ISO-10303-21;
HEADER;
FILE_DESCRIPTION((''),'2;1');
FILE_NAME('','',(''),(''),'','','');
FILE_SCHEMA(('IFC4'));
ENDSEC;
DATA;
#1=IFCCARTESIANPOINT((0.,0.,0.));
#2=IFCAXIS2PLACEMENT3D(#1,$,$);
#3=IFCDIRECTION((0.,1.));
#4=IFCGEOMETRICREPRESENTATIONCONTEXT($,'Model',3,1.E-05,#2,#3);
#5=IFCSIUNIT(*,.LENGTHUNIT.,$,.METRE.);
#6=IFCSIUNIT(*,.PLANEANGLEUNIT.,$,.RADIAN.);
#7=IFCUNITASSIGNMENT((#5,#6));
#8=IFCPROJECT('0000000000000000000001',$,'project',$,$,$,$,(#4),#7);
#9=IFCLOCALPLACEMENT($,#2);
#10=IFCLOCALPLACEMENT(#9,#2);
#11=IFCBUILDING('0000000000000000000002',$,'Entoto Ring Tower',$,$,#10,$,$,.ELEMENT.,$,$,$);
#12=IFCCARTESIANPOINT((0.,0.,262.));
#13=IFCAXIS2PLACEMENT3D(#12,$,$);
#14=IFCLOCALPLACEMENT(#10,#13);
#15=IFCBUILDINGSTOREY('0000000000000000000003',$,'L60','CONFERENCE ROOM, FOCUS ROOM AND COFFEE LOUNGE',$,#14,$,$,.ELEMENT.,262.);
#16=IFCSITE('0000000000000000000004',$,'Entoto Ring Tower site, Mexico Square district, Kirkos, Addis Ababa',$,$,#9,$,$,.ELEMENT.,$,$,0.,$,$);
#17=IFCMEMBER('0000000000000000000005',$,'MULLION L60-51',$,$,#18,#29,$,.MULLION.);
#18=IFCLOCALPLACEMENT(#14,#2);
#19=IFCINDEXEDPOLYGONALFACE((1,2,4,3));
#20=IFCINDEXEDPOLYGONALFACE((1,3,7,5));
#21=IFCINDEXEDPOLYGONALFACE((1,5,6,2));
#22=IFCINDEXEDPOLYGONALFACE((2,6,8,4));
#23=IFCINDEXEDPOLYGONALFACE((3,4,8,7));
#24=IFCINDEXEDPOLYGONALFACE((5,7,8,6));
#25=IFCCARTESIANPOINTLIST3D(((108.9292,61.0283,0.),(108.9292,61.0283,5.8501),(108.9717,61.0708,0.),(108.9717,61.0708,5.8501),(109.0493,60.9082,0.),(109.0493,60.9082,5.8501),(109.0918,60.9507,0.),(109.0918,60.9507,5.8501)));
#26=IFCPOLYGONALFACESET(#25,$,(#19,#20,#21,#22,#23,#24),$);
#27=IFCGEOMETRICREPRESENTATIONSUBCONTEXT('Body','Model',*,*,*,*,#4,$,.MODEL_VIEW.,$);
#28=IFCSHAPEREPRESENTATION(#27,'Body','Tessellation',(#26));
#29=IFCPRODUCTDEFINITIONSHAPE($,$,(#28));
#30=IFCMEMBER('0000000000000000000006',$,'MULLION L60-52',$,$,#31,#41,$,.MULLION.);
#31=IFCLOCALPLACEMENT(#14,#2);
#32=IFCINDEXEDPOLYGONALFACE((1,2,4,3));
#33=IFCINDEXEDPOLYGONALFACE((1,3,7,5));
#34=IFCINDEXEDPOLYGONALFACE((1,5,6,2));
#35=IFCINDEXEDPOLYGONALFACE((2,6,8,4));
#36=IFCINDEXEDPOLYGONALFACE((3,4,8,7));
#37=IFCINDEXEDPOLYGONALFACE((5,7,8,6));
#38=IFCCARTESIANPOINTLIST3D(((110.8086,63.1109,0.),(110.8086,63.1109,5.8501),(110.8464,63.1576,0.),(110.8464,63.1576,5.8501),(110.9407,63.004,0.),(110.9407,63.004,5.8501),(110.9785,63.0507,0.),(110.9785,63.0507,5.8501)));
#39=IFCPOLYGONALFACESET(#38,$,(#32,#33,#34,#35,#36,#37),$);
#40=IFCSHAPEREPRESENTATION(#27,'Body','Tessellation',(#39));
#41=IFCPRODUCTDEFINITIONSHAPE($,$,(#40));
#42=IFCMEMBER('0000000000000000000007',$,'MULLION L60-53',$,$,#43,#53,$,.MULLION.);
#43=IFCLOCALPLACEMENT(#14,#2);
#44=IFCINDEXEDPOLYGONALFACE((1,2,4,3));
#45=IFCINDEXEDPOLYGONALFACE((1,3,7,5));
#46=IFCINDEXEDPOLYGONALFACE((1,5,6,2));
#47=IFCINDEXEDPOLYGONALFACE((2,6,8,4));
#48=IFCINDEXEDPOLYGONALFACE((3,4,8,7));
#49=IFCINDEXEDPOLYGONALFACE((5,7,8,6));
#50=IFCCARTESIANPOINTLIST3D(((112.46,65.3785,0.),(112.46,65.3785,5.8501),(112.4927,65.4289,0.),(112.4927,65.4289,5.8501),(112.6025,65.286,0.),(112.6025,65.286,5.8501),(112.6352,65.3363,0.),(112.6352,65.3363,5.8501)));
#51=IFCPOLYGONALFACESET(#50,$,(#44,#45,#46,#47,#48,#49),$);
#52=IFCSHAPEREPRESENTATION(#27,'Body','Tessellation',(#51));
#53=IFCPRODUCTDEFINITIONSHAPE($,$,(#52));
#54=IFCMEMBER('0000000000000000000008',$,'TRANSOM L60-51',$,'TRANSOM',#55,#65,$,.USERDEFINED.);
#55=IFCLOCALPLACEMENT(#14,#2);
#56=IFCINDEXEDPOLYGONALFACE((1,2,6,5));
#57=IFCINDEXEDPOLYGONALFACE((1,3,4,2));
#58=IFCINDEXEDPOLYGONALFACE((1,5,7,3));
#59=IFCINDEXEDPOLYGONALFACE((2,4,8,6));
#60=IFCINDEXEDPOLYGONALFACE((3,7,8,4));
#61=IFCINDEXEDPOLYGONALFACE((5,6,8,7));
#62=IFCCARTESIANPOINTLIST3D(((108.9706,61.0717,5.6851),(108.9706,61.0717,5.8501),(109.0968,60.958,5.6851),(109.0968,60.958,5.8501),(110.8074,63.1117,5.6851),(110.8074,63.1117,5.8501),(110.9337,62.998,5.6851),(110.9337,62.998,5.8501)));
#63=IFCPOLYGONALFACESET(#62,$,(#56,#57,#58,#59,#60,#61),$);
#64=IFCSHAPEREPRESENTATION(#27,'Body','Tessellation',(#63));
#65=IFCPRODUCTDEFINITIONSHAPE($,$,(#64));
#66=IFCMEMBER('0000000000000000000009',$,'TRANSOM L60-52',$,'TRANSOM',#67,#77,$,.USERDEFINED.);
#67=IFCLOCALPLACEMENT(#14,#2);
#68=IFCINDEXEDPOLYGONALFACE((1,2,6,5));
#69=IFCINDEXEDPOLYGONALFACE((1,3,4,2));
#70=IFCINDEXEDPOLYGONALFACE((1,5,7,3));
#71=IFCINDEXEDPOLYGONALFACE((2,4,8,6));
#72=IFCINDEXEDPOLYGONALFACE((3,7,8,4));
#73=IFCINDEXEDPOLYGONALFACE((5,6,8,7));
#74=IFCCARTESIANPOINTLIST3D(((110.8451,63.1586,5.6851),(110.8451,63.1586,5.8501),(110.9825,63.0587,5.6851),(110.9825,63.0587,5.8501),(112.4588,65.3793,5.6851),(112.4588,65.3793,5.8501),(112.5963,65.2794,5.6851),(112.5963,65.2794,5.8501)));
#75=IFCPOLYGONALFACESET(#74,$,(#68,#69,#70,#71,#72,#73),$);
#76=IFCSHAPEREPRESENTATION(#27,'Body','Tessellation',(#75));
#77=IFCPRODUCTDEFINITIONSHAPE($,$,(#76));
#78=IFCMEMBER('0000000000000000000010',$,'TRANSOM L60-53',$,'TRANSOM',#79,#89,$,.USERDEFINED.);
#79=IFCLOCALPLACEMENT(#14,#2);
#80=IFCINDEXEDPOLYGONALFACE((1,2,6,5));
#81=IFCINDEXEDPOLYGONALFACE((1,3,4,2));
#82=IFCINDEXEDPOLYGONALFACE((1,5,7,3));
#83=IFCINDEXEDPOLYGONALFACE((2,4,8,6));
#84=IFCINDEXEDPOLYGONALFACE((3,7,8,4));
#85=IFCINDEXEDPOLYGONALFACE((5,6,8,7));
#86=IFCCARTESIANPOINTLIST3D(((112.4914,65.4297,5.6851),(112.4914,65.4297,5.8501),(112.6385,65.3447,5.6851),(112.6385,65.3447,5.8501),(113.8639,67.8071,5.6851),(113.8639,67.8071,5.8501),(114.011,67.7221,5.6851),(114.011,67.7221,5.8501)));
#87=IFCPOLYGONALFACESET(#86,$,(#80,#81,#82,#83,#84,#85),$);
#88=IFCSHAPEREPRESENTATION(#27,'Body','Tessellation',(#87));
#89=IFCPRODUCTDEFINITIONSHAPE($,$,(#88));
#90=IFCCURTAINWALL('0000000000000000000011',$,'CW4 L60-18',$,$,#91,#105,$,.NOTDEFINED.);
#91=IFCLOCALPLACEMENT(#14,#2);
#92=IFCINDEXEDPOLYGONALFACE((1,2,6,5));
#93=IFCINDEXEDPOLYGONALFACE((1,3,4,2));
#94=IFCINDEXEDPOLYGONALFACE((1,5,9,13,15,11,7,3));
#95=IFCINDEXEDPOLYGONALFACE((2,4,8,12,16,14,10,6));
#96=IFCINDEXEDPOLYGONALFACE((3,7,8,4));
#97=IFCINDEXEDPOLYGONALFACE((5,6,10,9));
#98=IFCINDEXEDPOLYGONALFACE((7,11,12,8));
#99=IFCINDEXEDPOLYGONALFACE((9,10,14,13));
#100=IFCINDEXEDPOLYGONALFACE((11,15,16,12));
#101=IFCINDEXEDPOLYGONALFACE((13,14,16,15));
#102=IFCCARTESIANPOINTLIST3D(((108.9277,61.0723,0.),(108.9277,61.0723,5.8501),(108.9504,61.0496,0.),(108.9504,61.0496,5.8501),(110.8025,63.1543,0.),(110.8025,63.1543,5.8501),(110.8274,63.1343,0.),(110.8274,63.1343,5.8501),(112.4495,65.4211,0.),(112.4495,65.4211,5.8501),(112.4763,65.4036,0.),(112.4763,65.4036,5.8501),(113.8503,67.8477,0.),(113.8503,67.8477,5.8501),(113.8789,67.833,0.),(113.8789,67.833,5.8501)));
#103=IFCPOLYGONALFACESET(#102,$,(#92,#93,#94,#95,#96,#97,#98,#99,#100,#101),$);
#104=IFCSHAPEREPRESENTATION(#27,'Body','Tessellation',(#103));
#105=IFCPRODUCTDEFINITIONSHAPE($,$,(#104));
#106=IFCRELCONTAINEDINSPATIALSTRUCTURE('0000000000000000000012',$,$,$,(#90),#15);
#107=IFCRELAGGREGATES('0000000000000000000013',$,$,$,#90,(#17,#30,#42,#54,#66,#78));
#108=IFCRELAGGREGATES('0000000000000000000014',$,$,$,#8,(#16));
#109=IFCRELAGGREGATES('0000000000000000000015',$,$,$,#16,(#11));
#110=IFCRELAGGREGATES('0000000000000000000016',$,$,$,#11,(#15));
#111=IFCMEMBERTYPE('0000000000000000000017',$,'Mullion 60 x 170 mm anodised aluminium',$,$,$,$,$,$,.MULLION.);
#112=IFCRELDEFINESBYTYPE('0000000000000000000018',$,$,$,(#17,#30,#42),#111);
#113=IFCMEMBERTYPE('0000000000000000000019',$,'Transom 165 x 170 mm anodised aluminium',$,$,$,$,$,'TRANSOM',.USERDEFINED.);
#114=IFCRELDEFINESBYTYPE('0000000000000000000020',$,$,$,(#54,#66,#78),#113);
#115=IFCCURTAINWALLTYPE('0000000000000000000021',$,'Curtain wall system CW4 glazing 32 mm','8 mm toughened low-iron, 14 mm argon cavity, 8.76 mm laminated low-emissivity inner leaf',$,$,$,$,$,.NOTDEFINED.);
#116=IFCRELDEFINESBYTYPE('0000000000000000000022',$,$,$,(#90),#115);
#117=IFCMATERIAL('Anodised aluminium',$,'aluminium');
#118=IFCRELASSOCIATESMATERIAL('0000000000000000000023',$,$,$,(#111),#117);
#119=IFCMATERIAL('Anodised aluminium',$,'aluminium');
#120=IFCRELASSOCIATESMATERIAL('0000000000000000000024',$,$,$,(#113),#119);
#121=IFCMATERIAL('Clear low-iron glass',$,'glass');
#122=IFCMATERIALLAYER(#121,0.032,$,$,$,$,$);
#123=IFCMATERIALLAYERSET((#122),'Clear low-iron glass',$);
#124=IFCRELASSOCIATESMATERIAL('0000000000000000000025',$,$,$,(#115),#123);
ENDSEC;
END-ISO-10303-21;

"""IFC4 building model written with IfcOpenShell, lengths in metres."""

from ifc_helpers import new_model, si_unit, direction, frame, origin, origin_2d, place, context, subcontext, project, spatial, polyline, rectangle, outline, extrude, material, layer, layer_set, material_profile, profile_set, type_object, element, aggregate, save


model = new_model("IFC4")

# Units and contexts
model_context = context("Model", 3, precision=1e-05, world=origin(), true_north=direction((0.0, 1.0)))
body_context = subcontext(model_context, "Body", "Model", "MODEL_VIEW")
ifc_project = project(units=[si_unit("LENGTHUNIT", "METRE"), si_unit("PLANEANGLEUNIT", "RADIAN")], contexts=[model_context])

# Members
ifc_material_1 = material(Name="Anodised aluminium", Category="aluminium")
ifc_material_profile_1 = material_profile(ifc_material_1, rectangle(XDim=0.0601, YDim=0.1699, at=origin_2d()), Name="Mullion 60 x 170 mm anodised aluminium")
ifc_profile_set_1 = profile_set([ifc_material_profile_1], Name="Anodised aluminium")
member_type_1 = type_object("IfcMemberType", Name="Mullion 60 x 170 mm anodised aluminium", PredefinedType="MULLION", material=ifc_profile_set_1)
site_placement = place(None, origin())
building_placement = place(site_placement, origin())
storey_placement = place(building_placement, frame((0.0, 0.0, 262.0)))
member_1_placement = place(storey_placement, frame((109.0105, 60.9895, 0.0), z_axis=(0.0, 0.0, 1.0), x_axis=(0.707107, 0.707107, 0.0)))
member_1 = element("IfcMember", 1, at=member_1_placement, type_object=member_type_1, Name="MULLION L60-51", PredefinedType="MULLION", context=body_context, shape_type="SweptSolid", body=[
    extrude(rectangle(XDim=0.0601, YDim=0.1699, at=origin_2d()), origin(), (0.0, 0.0, 1.0), 5.8501),
])
member_2_placement = place(storey_placement, frame((110.8936, 63.0808, 0.0), z_axis=(0.0, 0.0, 1.0), x_axis=(0.62932, 0.777146, 0.0)))
member_2 = element("IfcMember", 2, at=member_2_placement, type_object=member_type_1, Name="MULLION L60-52", PredefinedType="MULLION", context=body_context, shape_type="SweptSolid", body=[
    extrude(rectangle(XDim=0.0601, YDim=0.1699, at=origin_2d()), origin(), (0.0, 0.0, 1.0), 5.8501),
])
member_3_placement = place(storey_placement, frame((112.5476, 65.3574, 0.0), z_axis=(0.0, 0.0, 1.0), x_axis=(0.544639, 0.838671, 0.0)))
member_3 = element("IfcMember", 3, at=member_3_placement, type_object=member_type_1, Name="MULLION L60-53", PredefinedType="MULLION", context=body_context, shape_type="SweptSolid", body=[
    extrude(rectangle(XDim=0.0601, YDim=0.1699, at=origin_2d()), origin(), (0.0, 0.0, 1.0), 5.8501),
])
ifc_material_2 = material(Name="Anodised aluminium", Category="aluminium")
ifc_material_profile_2 = material_profile(ifc_material_2, rectangle(XDim=0.1699, YDim=0.165, at=origin_2d()), Name="Transom 165 x 170 mm anodised aluminium")
ifc_profile_set_2 = profile_set([ifc_material_profile_2], Name="Anodised aluminium")
member_type_2 = type_object("IfcMemberType", Name="Transom 165 x 170 mm anodised aluminium", ElementType="TRANSOM", PredefinedType="USERDEFINED", material=ifc_profile_set_2)
member_4_placement = place(storey_placement, frame((109.0337, 61.0149, 5.7676), z_axis=(0.669142, 0.743135, 0.0), x_axis=(-0.743135, 0.669142, 0.0)))
member_4 = element("IfcMember", 4, at=member_4_placement, type_object=member_type_2, Name="TRANSOM L60-51", ObjectType="TRANSOM", PredefinedType="USERDEFINED", context=body_context, shape_type="SweptSolid", body=[
    extrude(rectangle(XDim=0.1699, YDim=0.165, at=origin_2d()), origin(), (0.0, 0.0, 1.0), 2.7451),
])
member_5_placement = place(storey_placement, frame((110.9138, 63.1086, 5.7676), z_axis=(0.587865, 0.808959, 0.0), x_axis=(-0.808959, 0.587865, 0.0)))
member_5 = element("IfcMember", 5, at=member_5_placement, type_object=member_type_2, Name="TRANSOM L60-52", ObjectType="TRANSOM", PredefinedType="USERDEFINED", context=body_context, shape_type="SweptSolid", body=[
    extrude(rectangle(XDim=0.1699, YDim=0.165, at=origin_2d()), origin(), (0.0, 0.0, 1.0), 2.7451),
])
member_6_placement = place(storey_placement, frame((112.5649, 65.3872, 5.7676), z_axis=(0.499984, 0.866035, 0.0), x_axis=(-0.866035, 0.499984, 0.0)))
member_6 = element("IfcMember", 6, at=member_6_placement, type_object=member_type_2, Name="TRANSOM L60-53", ObjectType="TRANSOM", PredefinedType="USERDEFINED", context=body_context, shape_type="SweptSolid", body=[
    extrude(rectangle(XDim=0.1699, YDim=0.165, at=origin_2d()), origin(), (0.0, 0.0, 1.0), 2.7451),
])

# Site, building, storey
site = spatial("IfcSite", under=ifc_project, at=site_placement, Name="Entoto Ring Tower site, Mexico Square district, Kirkos, Addis Ababa", CompositionType="ELEMENT", RefElevation=0.0)
building = spatial("IfcBuilding", under=site, at=building_placement, Name="Entoto Ring Tower", CompositionType="ELEMENT")
storey = spatial("IfcBuildingStorey", under=building, at=storey_placement, Name="L60", Description="CONFERENCE ROOM, FOCUS ROOM AND COFFEE LOUNGE", CompositionType="ELEMENT", Elevation=262.0)

# Curtain wall
ifc_material_3 = material(Name="Clear low-iron glass", Category="glass")
ifc_layer = layer(ifc_material_3, 0.032)
ifc_layer_set = layer_set([ifc_layer], Name="Clear low-iron glass")
curtain_wall_type = type_object("IfcCurtainWallType", Name="Curtain wall system CW4 glazing 32 mm", Description="8 mm toughened low-iron, 14 mm argon cavity, 8.76 mm laminated low-emissivity inner leaf", PredefinedType="NOTDEFINED", material=ifc_layer_set)
curtain_wall_1_placement = place(storey_placement, origin())
curtain_wall_1 = element("IfcCurtainWall", 7, at=curtain_wall_1_placement, inside=storey, type_object=curtain_wall_type, Name="CW4 L60-18", PredefinedType="NOTDEFINED", context=body_context, shape_type="SweptSolid", body=[
    extrude(outline(polyline([(108.9504, 61.0496), (110.8274, 63.1343), (112.4763, 65.4036), (113.8789, 67.833), (113.8503, 67.8477), (112.4495, 65.4211), (110.8025, 63.1543), (108.9277, 61.0723), (108.9504, 61.0496)])), origin(), (0.0, 0.0, 1.0), 5.8501),
])
aggregate(curtain_wall_1, [member_1, member_2, member_3, member_4, member_5, member_6])

save(model, "model.ifc")
